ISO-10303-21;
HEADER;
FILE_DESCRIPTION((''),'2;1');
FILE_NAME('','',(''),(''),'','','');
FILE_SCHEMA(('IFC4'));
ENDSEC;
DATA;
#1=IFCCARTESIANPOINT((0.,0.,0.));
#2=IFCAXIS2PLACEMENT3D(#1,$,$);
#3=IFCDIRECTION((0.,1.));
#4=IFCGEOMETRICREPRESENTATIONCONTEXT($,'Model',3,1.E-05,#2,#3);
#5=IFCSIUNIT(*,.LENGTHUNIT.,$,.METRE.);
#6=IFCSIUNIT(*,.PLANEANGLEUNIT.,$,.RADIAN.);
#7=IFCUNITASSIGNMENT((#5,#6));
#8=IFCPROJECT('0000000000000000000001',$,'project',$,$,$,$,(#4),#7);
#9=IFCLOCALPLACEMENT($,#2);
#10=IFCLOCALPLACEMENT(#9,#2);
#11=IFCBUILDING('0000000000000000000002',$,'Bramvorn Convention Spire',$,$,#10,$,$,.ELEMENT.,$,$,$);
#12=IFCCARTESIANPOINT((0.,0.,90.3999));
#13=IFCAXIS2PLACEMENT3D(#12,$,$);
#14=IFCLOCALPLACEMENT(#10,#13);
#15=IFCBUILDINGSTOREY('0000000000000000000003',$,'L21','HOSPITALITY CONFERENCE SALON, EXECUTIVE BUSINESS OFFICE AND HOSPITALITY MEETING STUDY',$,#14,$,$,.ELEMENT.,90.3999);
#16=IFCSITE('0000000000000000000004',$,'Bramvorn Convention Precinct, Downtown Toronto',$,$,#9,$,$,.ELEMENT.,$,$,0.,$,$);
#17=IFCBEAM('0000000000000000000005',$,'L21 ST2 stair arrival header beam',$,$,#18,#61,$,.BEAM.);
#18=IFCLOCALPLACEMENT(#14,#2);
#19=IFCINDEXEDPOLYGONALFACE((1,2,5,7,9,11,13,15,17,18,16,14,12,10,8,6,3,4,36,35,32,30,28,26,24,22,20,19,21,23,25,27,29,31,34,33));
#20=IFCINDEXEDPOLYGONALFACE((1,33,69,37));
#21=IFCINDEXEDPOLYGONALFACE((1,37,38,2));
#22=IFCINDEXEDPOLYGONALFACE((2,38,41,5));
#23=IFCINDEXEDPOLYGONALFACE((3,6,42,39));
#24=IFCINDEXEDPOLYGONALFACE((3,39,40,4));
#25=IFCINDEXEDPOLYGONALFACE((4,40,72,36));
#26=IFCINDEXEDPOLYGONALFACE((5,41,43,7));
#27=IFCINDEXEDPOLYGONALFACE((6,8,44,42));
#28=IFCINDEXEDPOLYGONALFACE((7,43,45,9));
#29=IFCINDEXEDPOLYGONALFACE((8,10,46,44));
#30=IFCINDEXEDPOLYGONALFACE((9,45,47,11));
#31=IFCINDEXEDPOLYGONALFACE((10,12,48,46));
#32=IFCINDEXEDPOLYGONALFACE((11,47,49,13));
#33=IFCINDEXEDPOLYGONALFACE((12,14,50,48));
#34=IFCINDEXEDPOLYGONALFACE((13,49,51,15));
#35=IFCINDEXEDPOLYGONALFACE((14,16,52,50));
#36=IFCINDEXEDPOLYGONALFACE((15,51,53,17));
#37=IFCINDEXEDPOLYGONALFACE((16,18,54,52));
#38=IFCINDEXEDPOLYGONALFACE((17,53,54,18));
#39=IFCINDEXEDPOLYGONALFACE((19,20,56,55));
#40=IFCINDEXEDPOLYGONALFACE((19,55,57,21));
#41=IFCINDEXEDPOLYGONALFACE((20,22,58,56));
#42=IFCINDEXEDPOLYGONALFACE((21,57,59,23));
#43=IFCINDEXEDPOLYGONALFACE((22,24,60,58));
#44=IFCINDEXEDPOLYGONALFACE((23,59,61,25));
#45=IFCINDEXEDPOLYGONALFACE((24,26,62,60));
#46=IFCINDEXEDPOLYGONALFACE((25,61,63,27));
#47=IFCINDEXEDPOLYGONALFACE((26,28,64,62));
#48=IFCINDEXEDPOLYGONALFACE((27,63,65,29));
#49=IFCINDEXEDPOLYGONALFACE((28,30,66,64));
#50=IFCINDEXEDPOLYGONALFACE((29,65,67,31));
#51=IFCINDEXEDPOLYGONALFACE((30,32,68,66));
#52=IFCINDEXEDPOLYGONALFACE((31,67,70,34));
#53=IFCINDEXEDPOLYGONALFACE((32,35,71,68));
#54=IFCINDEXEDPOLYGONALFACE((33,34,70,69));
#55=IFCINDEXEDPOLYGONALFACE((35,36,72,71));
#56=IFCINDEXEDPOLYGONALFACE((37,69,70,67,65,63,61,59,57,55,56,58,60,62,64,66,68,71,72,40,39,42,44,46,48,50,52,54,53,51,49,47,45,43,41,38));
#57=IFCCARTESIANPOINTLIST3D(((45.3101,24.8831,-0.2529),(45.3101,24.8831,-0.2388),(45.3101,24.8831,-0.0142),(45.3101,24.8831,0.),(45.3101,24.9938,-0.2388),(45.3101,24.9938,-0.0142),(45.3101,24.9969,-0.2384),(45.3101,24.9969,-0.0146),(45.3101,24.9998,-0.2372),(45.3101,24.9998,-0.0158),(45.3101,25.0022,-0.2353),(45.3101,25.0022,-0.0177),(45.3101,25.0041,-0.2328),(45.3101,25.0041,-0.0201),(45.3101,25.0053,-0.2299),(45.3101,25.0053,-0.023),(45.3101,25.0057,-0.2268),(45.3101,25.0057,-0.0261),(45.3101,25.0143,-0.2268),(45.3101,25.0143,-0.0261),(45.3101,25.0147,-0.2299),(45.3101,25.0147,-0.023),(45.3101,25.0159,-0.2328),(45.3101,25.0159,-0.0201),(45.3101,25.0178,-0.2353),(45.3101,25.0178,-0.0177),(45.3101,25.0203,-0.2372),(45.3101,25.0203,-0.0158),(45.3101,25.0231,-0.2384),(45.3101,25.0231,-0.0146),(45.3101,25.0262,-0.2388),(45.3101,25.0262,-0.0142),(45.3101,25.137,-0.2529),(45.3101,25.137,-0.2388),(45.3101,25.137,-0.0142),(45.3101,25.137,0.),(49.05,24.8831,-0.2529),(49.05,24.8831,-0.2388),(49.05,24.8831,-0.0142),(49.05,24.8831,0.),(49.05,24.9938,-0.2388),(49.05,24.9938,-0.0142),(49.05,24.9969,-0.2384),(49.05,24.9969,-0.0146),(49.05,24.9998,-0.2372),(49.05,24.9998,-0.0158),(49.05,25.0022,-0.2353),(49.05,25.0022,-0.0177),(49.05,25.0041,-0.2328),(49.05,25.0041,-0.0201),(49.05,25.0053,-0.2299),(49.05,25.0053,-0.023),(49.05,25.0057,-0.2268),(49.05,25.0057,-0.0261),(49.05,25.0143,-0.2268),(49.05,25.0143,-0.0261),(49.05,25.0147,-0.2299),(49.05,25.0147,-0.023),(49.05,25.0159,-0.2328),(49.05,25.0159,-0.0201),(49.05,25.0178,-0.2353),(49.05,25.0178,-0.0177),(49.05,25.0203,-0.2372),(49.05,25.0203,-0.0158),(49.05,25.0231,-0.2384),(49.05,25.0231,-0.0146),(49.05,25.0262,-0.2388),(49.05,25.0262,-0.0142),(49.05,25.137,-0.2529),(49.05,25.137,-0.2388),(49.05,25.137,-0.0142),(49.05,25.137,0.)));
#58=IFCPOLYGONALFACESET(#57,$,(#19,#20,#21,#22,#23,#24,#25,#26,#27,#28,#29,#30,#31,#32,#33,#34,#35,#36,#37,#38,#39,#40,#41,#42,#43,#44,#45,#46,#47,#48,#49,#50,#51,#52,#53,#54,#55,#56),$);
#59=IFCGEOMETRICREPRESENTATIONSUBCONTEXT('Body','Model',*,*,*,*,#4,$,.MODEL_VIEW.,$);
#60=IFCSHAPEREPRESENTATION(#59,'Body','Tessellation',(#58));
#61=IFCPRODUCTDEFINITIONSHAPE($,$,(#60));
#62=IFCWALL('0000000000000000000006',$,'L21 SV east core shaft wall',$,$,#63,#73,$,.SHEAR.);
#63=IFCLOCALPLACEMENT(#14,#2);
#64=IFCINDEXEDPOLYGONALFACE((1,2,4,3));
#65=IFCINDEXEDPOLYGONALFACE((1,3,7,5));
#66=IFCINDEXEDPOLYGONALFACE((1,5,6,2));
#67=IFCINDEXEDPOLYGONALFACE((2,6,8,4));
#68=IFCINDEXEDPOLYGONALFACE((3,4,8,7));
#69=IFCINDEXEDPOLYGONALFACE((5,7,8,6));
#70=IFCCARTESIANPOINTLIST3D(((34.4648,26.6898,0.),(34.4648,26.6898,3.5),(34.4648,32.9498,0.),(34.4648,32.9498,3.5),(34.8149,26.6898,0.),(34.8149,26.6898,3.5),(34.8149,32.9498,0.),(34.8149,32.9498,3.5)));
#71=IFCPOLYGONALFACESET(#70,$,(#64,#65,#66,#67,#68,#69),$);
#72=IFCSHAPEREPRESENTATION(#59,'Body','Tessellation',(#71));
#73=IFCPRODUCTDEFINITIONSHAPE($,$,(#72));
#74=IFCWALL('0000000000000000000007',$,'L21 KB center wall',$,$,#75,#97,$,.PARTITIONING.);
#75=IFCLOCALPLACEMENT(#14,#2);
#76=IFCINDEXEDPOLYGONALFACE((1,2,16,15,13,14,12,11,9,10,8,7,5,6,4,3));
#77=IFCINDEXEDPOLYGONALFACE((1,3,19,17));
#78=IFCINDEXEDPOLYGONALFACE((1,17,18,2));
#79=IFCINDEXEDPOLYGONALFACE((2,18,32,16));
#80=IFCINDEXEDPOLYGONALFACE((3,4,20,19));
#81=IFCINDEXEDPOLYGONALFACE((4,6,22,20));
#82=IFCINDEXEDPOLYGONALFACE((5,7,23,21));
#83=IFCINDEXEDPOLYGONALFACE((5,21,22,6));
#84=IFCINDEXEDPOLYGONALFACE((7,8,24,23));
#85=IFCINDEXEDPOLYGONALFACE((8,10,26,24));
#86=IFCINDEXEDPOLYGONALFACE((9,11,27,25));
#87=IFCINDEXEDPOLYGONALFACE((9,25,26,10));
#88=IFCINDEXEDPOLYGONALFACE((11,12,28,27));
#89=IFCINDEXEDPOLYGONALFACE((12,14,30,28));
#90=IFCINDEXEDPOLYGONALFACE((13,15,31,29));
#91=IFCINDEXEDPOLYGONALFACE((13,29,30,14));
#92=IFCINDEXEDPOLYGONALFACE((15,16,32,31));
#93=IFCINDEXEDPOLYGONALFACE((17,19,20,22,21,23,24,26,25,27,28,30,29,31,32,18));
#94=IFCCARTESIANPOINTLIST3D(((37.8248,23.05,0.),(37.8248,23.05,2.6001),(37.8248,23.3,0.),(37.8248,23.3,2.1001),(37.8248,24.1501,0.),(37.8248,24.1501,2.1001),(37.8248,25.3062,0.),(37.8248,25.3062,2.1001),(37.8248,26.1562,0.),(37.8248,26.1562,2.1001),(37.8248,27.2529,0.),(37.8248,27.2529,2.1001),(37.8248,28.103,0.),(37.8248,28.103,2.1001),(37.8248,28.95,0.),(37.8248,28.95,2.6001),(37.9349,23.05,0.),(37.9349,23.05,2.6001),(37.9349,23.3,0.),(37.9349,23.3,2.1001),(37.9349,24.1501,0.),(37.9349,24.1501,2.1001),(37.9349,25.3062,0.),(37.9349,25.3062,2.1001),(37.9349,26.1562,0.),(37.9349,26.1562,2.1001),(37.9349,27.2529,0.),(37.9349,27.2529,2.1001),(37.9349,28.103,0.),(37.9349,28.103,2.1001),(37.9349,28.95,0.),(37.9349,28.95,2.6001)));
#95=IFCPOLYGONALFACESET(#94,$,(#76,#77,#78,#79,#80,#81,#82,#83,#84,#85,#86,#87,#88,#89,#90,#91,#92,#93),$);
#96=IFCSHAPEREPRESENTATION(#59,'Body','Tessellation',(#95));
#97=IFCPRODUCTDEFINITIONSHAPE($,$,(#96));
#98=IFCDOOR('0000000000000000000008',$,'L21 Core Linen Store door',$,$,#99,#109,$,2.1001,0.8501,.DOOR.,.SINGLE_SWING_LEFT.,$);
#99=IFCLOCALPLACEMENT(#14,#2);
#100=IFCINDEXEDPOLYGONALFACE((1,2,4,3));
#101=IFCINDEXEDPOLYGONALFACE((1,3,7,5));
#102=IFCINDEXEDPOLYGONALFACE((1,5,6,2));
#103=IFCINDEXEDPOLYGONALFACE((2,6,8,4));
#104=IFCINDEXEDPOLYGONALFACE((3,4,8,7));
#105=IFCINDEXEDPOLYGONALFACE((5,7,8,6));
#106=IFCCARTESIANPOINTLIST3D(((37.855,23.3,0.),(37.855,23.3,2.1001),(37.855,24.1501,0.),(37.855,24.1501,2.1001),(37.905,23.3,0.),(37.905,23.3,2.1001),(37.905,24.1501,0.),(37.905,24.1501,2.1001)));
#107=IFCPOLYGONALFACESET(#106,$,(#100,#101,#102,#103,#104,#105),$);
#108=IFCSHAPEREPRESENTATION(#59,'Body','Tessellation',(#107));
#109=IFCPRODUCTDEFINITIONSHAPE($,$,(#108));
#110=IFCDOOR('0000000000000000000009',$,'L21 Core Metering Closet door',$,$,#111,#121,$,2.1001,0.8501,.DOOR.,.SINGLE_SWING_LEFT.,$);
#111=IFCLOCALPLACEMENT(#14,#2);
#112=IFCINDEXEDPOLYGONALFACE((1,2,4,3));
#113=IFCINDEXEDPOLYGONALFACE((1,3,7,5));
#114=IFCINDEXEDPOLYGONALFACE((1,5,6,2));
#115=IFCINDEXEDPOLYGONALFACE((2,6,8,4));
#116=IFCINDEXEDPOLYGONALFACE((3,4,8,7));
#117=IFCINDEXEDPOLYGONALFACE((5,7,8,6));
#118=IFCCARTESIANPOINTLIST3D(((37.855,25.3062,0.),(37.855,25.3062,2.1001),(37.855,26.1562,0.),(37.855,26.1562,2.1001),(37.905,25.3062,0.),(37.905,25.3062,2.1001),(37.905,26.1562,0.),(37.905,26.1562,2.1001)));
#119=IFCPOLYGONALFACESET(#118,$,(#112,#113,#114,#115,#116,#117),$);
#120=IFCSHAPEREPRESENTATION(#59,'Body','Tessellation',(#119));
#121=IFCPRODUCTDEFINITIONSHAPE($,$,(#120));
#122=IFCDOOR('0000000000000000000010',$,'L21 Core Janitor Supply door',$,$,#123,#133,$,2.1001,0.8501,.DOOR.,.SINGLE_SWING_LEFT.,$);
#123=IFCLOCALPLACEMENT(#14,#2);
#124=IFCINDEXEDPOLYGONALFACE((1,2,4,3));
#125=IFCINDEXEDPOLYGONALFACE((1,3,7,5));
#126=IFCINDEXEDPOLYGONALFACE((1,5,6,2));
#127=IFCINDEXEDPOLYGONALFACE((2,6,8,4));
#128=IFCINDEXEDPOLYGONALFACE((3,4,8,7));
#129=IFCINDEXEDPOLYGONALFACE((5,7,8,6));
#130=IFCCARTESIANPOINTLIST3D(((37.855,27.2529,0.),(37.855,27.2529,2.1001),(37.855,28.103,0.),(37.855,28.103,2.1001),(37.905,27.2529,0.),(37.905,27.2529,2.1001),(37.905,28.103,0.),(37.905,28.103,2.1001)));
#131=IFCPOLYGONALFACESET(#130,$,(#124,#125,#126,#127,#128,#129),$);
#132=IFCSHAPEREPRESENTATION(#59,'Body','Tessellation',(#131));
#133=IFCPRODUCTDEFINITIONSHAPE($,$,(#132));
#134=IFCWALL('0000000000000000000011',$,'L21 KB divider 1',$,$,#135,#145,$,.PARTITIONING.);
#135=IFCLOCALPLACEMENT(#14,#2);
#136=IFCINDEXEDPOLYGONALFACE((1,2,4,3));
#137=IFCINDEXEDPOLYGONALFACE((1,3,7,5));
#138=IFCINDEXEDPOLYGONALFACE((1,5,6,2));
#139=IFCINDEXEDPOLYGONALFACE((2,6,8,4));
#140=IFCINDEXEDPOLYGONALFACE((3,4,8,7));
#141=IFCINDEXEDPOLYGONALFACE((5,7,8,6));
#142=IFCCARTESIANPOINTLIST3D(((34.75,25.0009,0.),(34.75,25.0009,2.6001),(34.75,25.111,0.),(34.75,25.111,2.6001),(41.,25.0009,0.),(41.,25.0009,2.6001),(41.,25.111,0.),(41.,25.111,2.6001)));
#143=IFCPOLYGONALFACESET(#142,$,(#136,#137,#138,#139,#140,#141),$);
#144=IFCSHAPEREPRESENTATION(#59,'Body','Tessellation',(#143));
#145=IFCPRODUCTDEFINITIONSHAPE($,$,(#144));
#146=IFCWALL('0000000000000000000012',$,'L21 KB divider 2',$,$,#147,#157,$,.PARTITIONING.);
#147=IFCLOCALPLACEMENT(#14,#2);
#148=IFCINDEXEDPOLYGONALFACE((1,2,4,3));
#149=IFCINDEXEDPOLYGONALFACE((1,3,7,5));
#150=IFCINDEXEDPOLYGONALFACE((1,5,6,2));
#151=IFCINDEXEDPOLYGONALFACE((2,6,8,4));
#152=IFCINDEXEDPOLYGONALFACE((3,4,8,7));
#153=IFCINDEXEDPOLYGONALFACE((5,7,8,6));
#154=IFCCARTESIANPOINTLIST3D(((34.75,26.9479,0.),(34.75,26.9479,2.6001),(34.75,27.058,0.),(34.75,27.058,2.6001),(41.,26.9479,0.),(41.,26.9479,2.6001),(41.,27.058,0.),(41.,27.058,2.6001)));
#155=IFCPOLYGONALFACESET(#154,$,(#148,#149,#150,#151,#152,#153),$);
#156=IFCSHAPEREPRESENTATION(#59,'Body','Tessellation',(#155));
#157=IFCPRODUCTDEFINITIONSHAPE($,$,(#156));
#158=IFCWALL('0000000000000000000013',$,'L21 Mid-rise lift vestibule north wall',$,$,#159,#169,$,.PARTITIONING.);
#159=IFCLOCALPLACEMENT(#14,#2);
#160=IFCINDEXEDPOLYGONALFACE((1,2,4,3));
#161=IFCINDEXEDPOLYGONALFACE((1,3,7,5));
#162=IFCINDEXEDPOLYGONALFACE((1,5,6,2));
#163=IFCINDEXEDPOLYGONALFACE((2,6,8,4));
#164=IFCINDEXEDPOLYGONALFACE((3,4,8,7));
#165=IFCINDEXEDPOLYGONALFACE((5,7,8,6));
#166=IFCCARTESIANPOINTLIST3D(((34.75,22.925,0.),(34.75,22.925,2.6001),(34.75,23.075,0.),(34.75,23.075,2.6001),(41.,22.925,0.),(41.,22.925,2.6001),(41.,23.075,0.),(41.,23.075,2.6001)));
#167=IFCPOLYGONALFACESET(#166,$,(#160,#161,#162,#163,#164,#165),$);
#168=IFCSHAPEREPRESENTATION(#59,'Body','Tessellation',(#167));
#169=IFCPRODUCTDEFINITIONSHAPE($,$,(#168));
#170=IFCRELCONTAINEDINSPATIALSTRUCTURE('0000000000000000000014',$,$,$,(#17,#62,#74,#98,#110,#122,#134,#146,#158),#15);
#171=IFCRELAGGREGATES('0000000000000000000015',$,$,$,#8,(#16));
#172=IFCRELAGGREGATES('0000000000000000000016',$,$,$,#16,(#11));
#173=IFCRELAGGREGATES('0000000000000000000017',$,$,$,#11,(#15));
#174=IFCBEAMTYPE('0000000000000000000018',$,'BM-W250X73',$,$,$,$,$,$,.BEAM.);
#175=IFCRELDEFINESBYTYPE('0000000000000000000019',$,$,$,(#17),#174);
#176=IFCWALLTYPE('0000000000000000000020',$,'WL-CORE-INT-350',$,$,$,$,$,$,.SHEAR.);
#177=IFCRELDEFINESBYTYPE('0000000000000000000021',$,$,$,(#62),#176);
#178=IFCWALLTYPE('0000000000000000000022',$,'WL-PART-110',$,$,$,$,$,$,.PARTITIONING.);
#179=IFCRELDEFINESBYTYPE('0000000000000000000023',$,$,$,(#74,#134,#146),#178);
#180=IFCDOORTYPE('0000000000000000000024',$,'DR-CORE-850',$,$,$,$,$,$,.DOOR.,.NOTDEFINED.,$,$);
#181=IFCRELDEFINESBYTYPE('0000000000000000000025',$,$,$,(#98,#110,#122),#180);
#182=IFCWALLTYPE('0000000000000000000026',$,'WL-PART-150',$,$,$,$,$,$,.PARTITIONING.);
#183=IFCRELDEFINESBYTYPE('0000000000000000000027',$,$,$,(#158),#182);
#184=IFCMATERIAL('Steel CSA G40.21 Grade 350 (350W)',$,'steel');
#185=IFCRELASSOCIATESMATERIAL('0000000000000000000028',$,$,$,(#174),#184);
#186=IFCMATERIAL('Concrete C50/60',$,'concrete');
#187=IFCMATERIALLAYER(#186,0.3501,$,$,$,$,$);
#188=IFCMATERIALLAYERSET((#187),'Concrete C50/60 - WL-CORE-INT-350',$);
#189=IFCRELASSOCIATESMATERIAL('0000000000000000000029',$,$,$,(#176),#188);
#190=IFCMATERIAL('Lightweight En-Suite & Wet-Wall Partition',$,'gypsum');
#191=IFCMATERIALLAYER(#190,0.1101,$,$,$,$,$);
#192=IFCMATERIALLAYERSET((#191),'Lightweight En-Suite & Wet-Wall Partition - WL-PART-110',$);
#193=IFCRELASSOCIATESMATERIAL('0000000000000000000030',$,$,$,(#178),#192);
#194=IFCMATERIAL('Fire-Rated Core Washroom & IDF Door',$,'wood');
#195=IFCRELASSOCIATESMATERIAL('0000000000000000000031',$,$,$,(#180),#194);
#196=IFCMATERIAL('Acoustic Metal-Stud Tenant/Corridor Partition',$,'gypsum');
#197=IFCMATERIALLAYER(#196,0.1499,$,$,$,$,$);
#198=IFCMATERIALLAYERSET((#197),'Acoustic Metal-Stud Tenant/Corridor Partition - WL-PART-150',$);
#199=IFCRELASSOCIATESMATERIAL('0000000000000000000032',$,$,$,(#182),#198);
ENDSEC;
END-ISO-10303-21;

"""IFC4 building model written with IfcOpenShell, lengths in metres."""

from ifc_helpers import new_model, si_unit, direction, frame, frame_2d, origin, origin_2d, place, context, subcontext, project, spatial, rectangle, i_section, extrude, material, layer, layer_set, material_profile, profile_set, type_object, element, fill, save


model = new_model("IFC4")

# Units and contexts
model_context = context("Model", 3, precision=1e-05, world=origin(), true_north=direction((0.0, 1.0)))
body_context = subcontext(model_context, "Body", "Model", "MODEL_VIEW")
ifc_project = project(units=[si_unit("LENGTHUNIT", "METRE"), si_unit("PLANEANGLEUNIT", "RADIAN")], contexts=[model_context])

# Site, building, storey
site_placement = place(None, origin())
site = spatial("IfcSite", under=ifc_project, at=site_placement, Name="Bramvorn Convention Precinct, Downtown Toronto", CompositionType="ELEMENT", RefElevation=0.0)
building_placement = place(site_placement, origin())
building = spatial("IfcBuilding", under=site, at=building_placement, Name="Bramvorn Convention Spire", CompositionType="ELEMENT")
storey_placement = place(building_placement, frame((0.0, 0.0, 90.3999)))
storey = spatial("IfcBuildingStorey", under=building, at=storey_placement, Name="L21", Description="HOSPITALITY CONFERENCE SALON, EXECUTIVE BUSINESS OFFICE AND HOSPITALITY MEETING STUDY", CompositionType="ELEMENT", Elevation=90.3999)

# Beam
ifc_material_1 = material(Name="Steel CSA G40.21 Grade 350 (350W)", Category="steel")
ifc_material_profile = material_profile(ifc_material_1, i_section(OverallWidth=0.2539, OverallDepth=0.2529, WebThickness=0.0085, FlangeThickness=0.0142, FilletRadius=0.012, at=origin_2d()))
ifc_profile_set = profile_set([ifc_material_profile], Name="Steel CSA G40.21 Grade 350 (350W) - W250X73")
beam_type = type_object("IfcBeamType", Name="BM-W250X73", PredefinedType="BEAM", material=ifc_profile_set)
beam_placement = place(storey_placement, frame((45.3101, 25.01, -0.1265), z_axis=(1.0, 0.0, 0.0), x_axis=(0.0, 1.0, 0.0)))
element("IfcBeam", 1, at=beam_placement, inside=storey, type_object=beam_type, Name="L21 ST2 stair arrival header beam", PredefinedType="BEAM", context=body_context, shape_type="SweptSolid", body=[
    extrude(i_section(OverallWidth=0.2539, OverallDepth=0.2529, WebThickness=0.0085, FlangeThickness=0.0142, FilletRadius=0.012, at=origin_2d()), origin(), (0.0, 0.0, 1.0), 3.74),
])

# Wall
ifc_material_2 = material(Name="Concrete C50/60", Category="concrete")
ifc_layer_1 = layer(ifc_material_2, 0.3501)
ifc_layer_set_1 = layer_set([ifc_layer_1], Name="Concrete C50/60 - WL-CORE-INT-350")
wall_type_1 = type_object("IfcWallType", Name="WL-CORE-INT-350", PredefinedType="SHEAR", material=ifc_layer_set_1)
wall_1_placement = place(storey_placement, frame((34.6399, 26.6899, 0.0), z_axis=(0.0, 0.0, 1.0), x_axis=(0.0, 1.0, 0.0)))
element("IfcWall", 2, at=wall_1_placement, inside=storey, type_object=wall_type_1, Name="L21 SV east core shaft wall", PredefinedType="SHEAR", context=body_context, shape_type="SweptSolid", body=[
    extrude(rectangle(XDim=6.26, YDim=0.3501, at=frame_2d((3.1299, 0.0))), origin(), (0.0, 0.0, 1.0), 3.5),
])

# Wall, openings, doors
ifc_material_3 = material(Name="Lightweight En-Suite & Wet-Wall Partition", Category="gypsum")
ifc_layer_2 = layer(ifc_material_3, 0.1101)
ifc_layer_set_2 = layer_set([ifc_layer_2], Name="Lightweight En-Suite & Wet-Wall Partition - WL-PART-110")
wall_type_2 = type_object("IfcWallType", Name="WL-PART-110", PredefinedType="PARTITIONING", material=ifc_layer_set_2)
wall_2_placement = place(storey_placement, frame((37.8799, 23.05, 0.0), z_axis=(0.0, 0.0, 1.0), x_axis=(0.0, 1.0, 0.0)))
wall_2 = element("IfcWall", 3, at=wall_2_placement, inside=storey, type_object=wall_type_2, Name="L21 KB center wall", PredefinedType="PARTITIONING", context=body_context, shape_type="SweptSolid", body=[
    extrude(rectangle(XDim=5.8999, YDim=0.1101, at=frame_2d((2.95, 0.0))), origin(), (0.0, 0.0, 1.0), 2.6001),
])
opening_1_placement = place(wall_2_placement, frame((0.25, 0.0, 0.0)))
opening_1 = element("IfcOpeningElement", 4, at=opening_1_placement, cuts=wall_2, PredefinedType="OPENING", context=body_context, shape_type="SweptSolid", body=[
    extrude(rectangle(XDim=0.8501, YDim=2.1001, at=frame_2d((0.425, 1.05))), frame((0.0, 0.0649, 0.0), z_axis=(0.0, -1.0, 0.0), x_axis=(1.0, 0.0, 0.0)), (0.0, 0.0, 1.0), 0.1301),
])
opening_2_placement = place(wall_2_placement, frame((2.2561, 0.0, 0.0)))
opening_2 = element("IfcOpeningElement", 5, at=opening_2_placement, cuts=wall_2, PredefinedType="OPENING", context=body_context, shape_type="SweptSolid", body=[
    extrude(rectangle(XDim=0.8501, YDim=2.1001, at=frame_2d((0.425, 1.05))), frame((0.0, 0.0649, 0.0), z_axis=(0.0, -1.0, 0.0), x_axis=(1.0, 0.0, 0.0)), (0.0, 0.0, 1.0), 0.1301),
])
opening_3_placement = place(wall_2_placement, frame((4.2029, 0.0, 0.0)))
opening_3 = element("IfcOpeningElement", 6, at=opening_3_placement, cuts=wall_2, PredefinedType="OPENING", context=body_context, shape_type="SweptSolid", body=[
    extrude(rectangle(XDim=0.8501, YDim=2.1001, at=frame_2d((0.425, 1.05))), frame((0.0, 0.0649, 0.0), z_axis=(0.0, -1.0, 0.0), x_axis=(1.0, 0.0, 0.0)), (0.0, 0.0, 1.0), 0.1301),
])
ifc_material_4 = material(Name="Fire-Rated Core Washroom & IDF Door", Category="wood")
door_type_1 = type_object("IfcDoorType", Name="DR-CORE-850", OperationType="NOTDEFINED", PredefinedType="DOOR", material=ifc_material_4)
door_1_placement = place(opening_1_placement, origin())
door_1 = element("IfcDoor", 7, at=door_1_placement, inside=storey, type_object=door_type_1, Name="L21 Core Linen Store door", OperationType="SINGLE_SWING_LEFT", OverallHeight=2.1001, OverallWidth=0.8501, PredefinedType="DOOR", context=body_context, shape_type="SweptSolid", body=[
    extrude(rectangle(XDim=0.8501, YDim=2.1001, at=frame_2d((0.425, 1.05))), frame((0.0, 0.0249, 0.0), z_axis=(0.0, -1.0, 0.0), x_axis=(1.0, 0.0, 0.0)), (0.0, 0.0, 1.0), 0.05),
])
fill(opening_1, door_1)
door_2_placement = place(opening_2_placement, origin())
door_2 = element("IfcDoor", 8, at=door_2_placement, inside=storey, type_object=door_type_1, Name="L21 Core Metering Closet door", OperationType="SINGLE_SWING_LEFT", OverallHeight=2.1001, OverallWidth=0.8501, PredefinedType="DOOR", context=body_context, shape_type="SweptSolid", body=[
    extrude(rectangle(XDim=0.8501, YDim=2.1001, at=frame_2d((0.425, 1.05))), frame((0.0, 0.0249, 0.0), z_axis=(0.0, -1.0, 0.0), x_axis=(1.0, 0.0, 0.0)), (0.0, 0.0, 1.0), 0.05),
])
fill(opening_2, door_2)
door_3_placement = place(opening_3_placement, origin())
door_3 = element("IfcDoor", 9, at=door_3_placement, inside=storey, type_object=door_type_1, Name="L21 Core Janitor Supply door", OperationType="SINGLE_SWING_LEFT", OverallHeight=2.1001, OverallWidth=0.8501, PredefinedType="DOOR", context=body_context, shape_type="SweptSolid", body=[
    extrude(rectangle(XDim=0.8501, YDim=2.1001, at=frame_2d((0.425, 1.05))), frame((0.0, 0.0249, 0.0), z_axis=(0.0, -1.0, 0.0), x_axis=(1.0, 0.0, 0.0)), (0.0, 0.0, 1.0), 0.05),
])
fill(opening_3, door_3)

# Walls
for number, where, z_axis, x_axis, name in (
    (10, (34.75, 25.0559, 0.0), (0.0, 0.0, 1.0), (1.0, 0.0, 0.0), "L21 KB divider 1"),
    (11, (34.75, 27.0029, 0.0), (0.0, 0.0, 1.0), (1.0, 0.0, 0.0), "L21 KB divider 2"),
):
    element("IfcWall", number, at=place(storey_placement, frame(where, z_axis=z_axis, x_axis=x_axis)), inside=storey, type_object=wall_type_2, Name=name, PredefinedType="PARTITIONING", context=body_context, shape_type="SweptSolid", body=[
        extrude(rectangle(XDim=6.25, YDim=0.1101, at=frame_2d((3.125, 0.0))), origin(), (0.0, 0.0, 1.0), 2.6001),
    ])
ifc_material_5 = material(Name="Acoustic Metal-Stud Tenant/Corridor Partition", Category="gypsum")
ifc_layer_3 = layer(ifc_material_5, 0.1499)
ifc_layer_set_3 = layer_set([ifc_layer_3], Name="Acoustic Metal-Stud Tenant/Corridor Partition - WL-PART-150")
wall_type_3 = type_object("IfcWallType", Name="WL-PART-150", PredefinedType="PARTITIONING", material=ifc_layer_set_3)
wall_3_placement = place(storey_placement, frame((34.75, 23.0, 0.0), z_axis=(0.0, 0.0, 1.0), x_axis=(1.0, 0.0, 0.0)))
element("IfcWall", 12, at=wall_3_placement, inside=storey, type_object=wall_type_3, Name="L21 Mid-rise lift vestibule north wall", PredefinedType="PARTITIONING", context=body_context, shape_type="SweptSolid", body=[
    extrude(rectangle(XDim=6.25, YDim=0.1499, at=frame_2d((3.125, 0.0))), origin(), (0.0, 0.0, 1.0), 2.6001),
])

save(model, "model.ifc")
